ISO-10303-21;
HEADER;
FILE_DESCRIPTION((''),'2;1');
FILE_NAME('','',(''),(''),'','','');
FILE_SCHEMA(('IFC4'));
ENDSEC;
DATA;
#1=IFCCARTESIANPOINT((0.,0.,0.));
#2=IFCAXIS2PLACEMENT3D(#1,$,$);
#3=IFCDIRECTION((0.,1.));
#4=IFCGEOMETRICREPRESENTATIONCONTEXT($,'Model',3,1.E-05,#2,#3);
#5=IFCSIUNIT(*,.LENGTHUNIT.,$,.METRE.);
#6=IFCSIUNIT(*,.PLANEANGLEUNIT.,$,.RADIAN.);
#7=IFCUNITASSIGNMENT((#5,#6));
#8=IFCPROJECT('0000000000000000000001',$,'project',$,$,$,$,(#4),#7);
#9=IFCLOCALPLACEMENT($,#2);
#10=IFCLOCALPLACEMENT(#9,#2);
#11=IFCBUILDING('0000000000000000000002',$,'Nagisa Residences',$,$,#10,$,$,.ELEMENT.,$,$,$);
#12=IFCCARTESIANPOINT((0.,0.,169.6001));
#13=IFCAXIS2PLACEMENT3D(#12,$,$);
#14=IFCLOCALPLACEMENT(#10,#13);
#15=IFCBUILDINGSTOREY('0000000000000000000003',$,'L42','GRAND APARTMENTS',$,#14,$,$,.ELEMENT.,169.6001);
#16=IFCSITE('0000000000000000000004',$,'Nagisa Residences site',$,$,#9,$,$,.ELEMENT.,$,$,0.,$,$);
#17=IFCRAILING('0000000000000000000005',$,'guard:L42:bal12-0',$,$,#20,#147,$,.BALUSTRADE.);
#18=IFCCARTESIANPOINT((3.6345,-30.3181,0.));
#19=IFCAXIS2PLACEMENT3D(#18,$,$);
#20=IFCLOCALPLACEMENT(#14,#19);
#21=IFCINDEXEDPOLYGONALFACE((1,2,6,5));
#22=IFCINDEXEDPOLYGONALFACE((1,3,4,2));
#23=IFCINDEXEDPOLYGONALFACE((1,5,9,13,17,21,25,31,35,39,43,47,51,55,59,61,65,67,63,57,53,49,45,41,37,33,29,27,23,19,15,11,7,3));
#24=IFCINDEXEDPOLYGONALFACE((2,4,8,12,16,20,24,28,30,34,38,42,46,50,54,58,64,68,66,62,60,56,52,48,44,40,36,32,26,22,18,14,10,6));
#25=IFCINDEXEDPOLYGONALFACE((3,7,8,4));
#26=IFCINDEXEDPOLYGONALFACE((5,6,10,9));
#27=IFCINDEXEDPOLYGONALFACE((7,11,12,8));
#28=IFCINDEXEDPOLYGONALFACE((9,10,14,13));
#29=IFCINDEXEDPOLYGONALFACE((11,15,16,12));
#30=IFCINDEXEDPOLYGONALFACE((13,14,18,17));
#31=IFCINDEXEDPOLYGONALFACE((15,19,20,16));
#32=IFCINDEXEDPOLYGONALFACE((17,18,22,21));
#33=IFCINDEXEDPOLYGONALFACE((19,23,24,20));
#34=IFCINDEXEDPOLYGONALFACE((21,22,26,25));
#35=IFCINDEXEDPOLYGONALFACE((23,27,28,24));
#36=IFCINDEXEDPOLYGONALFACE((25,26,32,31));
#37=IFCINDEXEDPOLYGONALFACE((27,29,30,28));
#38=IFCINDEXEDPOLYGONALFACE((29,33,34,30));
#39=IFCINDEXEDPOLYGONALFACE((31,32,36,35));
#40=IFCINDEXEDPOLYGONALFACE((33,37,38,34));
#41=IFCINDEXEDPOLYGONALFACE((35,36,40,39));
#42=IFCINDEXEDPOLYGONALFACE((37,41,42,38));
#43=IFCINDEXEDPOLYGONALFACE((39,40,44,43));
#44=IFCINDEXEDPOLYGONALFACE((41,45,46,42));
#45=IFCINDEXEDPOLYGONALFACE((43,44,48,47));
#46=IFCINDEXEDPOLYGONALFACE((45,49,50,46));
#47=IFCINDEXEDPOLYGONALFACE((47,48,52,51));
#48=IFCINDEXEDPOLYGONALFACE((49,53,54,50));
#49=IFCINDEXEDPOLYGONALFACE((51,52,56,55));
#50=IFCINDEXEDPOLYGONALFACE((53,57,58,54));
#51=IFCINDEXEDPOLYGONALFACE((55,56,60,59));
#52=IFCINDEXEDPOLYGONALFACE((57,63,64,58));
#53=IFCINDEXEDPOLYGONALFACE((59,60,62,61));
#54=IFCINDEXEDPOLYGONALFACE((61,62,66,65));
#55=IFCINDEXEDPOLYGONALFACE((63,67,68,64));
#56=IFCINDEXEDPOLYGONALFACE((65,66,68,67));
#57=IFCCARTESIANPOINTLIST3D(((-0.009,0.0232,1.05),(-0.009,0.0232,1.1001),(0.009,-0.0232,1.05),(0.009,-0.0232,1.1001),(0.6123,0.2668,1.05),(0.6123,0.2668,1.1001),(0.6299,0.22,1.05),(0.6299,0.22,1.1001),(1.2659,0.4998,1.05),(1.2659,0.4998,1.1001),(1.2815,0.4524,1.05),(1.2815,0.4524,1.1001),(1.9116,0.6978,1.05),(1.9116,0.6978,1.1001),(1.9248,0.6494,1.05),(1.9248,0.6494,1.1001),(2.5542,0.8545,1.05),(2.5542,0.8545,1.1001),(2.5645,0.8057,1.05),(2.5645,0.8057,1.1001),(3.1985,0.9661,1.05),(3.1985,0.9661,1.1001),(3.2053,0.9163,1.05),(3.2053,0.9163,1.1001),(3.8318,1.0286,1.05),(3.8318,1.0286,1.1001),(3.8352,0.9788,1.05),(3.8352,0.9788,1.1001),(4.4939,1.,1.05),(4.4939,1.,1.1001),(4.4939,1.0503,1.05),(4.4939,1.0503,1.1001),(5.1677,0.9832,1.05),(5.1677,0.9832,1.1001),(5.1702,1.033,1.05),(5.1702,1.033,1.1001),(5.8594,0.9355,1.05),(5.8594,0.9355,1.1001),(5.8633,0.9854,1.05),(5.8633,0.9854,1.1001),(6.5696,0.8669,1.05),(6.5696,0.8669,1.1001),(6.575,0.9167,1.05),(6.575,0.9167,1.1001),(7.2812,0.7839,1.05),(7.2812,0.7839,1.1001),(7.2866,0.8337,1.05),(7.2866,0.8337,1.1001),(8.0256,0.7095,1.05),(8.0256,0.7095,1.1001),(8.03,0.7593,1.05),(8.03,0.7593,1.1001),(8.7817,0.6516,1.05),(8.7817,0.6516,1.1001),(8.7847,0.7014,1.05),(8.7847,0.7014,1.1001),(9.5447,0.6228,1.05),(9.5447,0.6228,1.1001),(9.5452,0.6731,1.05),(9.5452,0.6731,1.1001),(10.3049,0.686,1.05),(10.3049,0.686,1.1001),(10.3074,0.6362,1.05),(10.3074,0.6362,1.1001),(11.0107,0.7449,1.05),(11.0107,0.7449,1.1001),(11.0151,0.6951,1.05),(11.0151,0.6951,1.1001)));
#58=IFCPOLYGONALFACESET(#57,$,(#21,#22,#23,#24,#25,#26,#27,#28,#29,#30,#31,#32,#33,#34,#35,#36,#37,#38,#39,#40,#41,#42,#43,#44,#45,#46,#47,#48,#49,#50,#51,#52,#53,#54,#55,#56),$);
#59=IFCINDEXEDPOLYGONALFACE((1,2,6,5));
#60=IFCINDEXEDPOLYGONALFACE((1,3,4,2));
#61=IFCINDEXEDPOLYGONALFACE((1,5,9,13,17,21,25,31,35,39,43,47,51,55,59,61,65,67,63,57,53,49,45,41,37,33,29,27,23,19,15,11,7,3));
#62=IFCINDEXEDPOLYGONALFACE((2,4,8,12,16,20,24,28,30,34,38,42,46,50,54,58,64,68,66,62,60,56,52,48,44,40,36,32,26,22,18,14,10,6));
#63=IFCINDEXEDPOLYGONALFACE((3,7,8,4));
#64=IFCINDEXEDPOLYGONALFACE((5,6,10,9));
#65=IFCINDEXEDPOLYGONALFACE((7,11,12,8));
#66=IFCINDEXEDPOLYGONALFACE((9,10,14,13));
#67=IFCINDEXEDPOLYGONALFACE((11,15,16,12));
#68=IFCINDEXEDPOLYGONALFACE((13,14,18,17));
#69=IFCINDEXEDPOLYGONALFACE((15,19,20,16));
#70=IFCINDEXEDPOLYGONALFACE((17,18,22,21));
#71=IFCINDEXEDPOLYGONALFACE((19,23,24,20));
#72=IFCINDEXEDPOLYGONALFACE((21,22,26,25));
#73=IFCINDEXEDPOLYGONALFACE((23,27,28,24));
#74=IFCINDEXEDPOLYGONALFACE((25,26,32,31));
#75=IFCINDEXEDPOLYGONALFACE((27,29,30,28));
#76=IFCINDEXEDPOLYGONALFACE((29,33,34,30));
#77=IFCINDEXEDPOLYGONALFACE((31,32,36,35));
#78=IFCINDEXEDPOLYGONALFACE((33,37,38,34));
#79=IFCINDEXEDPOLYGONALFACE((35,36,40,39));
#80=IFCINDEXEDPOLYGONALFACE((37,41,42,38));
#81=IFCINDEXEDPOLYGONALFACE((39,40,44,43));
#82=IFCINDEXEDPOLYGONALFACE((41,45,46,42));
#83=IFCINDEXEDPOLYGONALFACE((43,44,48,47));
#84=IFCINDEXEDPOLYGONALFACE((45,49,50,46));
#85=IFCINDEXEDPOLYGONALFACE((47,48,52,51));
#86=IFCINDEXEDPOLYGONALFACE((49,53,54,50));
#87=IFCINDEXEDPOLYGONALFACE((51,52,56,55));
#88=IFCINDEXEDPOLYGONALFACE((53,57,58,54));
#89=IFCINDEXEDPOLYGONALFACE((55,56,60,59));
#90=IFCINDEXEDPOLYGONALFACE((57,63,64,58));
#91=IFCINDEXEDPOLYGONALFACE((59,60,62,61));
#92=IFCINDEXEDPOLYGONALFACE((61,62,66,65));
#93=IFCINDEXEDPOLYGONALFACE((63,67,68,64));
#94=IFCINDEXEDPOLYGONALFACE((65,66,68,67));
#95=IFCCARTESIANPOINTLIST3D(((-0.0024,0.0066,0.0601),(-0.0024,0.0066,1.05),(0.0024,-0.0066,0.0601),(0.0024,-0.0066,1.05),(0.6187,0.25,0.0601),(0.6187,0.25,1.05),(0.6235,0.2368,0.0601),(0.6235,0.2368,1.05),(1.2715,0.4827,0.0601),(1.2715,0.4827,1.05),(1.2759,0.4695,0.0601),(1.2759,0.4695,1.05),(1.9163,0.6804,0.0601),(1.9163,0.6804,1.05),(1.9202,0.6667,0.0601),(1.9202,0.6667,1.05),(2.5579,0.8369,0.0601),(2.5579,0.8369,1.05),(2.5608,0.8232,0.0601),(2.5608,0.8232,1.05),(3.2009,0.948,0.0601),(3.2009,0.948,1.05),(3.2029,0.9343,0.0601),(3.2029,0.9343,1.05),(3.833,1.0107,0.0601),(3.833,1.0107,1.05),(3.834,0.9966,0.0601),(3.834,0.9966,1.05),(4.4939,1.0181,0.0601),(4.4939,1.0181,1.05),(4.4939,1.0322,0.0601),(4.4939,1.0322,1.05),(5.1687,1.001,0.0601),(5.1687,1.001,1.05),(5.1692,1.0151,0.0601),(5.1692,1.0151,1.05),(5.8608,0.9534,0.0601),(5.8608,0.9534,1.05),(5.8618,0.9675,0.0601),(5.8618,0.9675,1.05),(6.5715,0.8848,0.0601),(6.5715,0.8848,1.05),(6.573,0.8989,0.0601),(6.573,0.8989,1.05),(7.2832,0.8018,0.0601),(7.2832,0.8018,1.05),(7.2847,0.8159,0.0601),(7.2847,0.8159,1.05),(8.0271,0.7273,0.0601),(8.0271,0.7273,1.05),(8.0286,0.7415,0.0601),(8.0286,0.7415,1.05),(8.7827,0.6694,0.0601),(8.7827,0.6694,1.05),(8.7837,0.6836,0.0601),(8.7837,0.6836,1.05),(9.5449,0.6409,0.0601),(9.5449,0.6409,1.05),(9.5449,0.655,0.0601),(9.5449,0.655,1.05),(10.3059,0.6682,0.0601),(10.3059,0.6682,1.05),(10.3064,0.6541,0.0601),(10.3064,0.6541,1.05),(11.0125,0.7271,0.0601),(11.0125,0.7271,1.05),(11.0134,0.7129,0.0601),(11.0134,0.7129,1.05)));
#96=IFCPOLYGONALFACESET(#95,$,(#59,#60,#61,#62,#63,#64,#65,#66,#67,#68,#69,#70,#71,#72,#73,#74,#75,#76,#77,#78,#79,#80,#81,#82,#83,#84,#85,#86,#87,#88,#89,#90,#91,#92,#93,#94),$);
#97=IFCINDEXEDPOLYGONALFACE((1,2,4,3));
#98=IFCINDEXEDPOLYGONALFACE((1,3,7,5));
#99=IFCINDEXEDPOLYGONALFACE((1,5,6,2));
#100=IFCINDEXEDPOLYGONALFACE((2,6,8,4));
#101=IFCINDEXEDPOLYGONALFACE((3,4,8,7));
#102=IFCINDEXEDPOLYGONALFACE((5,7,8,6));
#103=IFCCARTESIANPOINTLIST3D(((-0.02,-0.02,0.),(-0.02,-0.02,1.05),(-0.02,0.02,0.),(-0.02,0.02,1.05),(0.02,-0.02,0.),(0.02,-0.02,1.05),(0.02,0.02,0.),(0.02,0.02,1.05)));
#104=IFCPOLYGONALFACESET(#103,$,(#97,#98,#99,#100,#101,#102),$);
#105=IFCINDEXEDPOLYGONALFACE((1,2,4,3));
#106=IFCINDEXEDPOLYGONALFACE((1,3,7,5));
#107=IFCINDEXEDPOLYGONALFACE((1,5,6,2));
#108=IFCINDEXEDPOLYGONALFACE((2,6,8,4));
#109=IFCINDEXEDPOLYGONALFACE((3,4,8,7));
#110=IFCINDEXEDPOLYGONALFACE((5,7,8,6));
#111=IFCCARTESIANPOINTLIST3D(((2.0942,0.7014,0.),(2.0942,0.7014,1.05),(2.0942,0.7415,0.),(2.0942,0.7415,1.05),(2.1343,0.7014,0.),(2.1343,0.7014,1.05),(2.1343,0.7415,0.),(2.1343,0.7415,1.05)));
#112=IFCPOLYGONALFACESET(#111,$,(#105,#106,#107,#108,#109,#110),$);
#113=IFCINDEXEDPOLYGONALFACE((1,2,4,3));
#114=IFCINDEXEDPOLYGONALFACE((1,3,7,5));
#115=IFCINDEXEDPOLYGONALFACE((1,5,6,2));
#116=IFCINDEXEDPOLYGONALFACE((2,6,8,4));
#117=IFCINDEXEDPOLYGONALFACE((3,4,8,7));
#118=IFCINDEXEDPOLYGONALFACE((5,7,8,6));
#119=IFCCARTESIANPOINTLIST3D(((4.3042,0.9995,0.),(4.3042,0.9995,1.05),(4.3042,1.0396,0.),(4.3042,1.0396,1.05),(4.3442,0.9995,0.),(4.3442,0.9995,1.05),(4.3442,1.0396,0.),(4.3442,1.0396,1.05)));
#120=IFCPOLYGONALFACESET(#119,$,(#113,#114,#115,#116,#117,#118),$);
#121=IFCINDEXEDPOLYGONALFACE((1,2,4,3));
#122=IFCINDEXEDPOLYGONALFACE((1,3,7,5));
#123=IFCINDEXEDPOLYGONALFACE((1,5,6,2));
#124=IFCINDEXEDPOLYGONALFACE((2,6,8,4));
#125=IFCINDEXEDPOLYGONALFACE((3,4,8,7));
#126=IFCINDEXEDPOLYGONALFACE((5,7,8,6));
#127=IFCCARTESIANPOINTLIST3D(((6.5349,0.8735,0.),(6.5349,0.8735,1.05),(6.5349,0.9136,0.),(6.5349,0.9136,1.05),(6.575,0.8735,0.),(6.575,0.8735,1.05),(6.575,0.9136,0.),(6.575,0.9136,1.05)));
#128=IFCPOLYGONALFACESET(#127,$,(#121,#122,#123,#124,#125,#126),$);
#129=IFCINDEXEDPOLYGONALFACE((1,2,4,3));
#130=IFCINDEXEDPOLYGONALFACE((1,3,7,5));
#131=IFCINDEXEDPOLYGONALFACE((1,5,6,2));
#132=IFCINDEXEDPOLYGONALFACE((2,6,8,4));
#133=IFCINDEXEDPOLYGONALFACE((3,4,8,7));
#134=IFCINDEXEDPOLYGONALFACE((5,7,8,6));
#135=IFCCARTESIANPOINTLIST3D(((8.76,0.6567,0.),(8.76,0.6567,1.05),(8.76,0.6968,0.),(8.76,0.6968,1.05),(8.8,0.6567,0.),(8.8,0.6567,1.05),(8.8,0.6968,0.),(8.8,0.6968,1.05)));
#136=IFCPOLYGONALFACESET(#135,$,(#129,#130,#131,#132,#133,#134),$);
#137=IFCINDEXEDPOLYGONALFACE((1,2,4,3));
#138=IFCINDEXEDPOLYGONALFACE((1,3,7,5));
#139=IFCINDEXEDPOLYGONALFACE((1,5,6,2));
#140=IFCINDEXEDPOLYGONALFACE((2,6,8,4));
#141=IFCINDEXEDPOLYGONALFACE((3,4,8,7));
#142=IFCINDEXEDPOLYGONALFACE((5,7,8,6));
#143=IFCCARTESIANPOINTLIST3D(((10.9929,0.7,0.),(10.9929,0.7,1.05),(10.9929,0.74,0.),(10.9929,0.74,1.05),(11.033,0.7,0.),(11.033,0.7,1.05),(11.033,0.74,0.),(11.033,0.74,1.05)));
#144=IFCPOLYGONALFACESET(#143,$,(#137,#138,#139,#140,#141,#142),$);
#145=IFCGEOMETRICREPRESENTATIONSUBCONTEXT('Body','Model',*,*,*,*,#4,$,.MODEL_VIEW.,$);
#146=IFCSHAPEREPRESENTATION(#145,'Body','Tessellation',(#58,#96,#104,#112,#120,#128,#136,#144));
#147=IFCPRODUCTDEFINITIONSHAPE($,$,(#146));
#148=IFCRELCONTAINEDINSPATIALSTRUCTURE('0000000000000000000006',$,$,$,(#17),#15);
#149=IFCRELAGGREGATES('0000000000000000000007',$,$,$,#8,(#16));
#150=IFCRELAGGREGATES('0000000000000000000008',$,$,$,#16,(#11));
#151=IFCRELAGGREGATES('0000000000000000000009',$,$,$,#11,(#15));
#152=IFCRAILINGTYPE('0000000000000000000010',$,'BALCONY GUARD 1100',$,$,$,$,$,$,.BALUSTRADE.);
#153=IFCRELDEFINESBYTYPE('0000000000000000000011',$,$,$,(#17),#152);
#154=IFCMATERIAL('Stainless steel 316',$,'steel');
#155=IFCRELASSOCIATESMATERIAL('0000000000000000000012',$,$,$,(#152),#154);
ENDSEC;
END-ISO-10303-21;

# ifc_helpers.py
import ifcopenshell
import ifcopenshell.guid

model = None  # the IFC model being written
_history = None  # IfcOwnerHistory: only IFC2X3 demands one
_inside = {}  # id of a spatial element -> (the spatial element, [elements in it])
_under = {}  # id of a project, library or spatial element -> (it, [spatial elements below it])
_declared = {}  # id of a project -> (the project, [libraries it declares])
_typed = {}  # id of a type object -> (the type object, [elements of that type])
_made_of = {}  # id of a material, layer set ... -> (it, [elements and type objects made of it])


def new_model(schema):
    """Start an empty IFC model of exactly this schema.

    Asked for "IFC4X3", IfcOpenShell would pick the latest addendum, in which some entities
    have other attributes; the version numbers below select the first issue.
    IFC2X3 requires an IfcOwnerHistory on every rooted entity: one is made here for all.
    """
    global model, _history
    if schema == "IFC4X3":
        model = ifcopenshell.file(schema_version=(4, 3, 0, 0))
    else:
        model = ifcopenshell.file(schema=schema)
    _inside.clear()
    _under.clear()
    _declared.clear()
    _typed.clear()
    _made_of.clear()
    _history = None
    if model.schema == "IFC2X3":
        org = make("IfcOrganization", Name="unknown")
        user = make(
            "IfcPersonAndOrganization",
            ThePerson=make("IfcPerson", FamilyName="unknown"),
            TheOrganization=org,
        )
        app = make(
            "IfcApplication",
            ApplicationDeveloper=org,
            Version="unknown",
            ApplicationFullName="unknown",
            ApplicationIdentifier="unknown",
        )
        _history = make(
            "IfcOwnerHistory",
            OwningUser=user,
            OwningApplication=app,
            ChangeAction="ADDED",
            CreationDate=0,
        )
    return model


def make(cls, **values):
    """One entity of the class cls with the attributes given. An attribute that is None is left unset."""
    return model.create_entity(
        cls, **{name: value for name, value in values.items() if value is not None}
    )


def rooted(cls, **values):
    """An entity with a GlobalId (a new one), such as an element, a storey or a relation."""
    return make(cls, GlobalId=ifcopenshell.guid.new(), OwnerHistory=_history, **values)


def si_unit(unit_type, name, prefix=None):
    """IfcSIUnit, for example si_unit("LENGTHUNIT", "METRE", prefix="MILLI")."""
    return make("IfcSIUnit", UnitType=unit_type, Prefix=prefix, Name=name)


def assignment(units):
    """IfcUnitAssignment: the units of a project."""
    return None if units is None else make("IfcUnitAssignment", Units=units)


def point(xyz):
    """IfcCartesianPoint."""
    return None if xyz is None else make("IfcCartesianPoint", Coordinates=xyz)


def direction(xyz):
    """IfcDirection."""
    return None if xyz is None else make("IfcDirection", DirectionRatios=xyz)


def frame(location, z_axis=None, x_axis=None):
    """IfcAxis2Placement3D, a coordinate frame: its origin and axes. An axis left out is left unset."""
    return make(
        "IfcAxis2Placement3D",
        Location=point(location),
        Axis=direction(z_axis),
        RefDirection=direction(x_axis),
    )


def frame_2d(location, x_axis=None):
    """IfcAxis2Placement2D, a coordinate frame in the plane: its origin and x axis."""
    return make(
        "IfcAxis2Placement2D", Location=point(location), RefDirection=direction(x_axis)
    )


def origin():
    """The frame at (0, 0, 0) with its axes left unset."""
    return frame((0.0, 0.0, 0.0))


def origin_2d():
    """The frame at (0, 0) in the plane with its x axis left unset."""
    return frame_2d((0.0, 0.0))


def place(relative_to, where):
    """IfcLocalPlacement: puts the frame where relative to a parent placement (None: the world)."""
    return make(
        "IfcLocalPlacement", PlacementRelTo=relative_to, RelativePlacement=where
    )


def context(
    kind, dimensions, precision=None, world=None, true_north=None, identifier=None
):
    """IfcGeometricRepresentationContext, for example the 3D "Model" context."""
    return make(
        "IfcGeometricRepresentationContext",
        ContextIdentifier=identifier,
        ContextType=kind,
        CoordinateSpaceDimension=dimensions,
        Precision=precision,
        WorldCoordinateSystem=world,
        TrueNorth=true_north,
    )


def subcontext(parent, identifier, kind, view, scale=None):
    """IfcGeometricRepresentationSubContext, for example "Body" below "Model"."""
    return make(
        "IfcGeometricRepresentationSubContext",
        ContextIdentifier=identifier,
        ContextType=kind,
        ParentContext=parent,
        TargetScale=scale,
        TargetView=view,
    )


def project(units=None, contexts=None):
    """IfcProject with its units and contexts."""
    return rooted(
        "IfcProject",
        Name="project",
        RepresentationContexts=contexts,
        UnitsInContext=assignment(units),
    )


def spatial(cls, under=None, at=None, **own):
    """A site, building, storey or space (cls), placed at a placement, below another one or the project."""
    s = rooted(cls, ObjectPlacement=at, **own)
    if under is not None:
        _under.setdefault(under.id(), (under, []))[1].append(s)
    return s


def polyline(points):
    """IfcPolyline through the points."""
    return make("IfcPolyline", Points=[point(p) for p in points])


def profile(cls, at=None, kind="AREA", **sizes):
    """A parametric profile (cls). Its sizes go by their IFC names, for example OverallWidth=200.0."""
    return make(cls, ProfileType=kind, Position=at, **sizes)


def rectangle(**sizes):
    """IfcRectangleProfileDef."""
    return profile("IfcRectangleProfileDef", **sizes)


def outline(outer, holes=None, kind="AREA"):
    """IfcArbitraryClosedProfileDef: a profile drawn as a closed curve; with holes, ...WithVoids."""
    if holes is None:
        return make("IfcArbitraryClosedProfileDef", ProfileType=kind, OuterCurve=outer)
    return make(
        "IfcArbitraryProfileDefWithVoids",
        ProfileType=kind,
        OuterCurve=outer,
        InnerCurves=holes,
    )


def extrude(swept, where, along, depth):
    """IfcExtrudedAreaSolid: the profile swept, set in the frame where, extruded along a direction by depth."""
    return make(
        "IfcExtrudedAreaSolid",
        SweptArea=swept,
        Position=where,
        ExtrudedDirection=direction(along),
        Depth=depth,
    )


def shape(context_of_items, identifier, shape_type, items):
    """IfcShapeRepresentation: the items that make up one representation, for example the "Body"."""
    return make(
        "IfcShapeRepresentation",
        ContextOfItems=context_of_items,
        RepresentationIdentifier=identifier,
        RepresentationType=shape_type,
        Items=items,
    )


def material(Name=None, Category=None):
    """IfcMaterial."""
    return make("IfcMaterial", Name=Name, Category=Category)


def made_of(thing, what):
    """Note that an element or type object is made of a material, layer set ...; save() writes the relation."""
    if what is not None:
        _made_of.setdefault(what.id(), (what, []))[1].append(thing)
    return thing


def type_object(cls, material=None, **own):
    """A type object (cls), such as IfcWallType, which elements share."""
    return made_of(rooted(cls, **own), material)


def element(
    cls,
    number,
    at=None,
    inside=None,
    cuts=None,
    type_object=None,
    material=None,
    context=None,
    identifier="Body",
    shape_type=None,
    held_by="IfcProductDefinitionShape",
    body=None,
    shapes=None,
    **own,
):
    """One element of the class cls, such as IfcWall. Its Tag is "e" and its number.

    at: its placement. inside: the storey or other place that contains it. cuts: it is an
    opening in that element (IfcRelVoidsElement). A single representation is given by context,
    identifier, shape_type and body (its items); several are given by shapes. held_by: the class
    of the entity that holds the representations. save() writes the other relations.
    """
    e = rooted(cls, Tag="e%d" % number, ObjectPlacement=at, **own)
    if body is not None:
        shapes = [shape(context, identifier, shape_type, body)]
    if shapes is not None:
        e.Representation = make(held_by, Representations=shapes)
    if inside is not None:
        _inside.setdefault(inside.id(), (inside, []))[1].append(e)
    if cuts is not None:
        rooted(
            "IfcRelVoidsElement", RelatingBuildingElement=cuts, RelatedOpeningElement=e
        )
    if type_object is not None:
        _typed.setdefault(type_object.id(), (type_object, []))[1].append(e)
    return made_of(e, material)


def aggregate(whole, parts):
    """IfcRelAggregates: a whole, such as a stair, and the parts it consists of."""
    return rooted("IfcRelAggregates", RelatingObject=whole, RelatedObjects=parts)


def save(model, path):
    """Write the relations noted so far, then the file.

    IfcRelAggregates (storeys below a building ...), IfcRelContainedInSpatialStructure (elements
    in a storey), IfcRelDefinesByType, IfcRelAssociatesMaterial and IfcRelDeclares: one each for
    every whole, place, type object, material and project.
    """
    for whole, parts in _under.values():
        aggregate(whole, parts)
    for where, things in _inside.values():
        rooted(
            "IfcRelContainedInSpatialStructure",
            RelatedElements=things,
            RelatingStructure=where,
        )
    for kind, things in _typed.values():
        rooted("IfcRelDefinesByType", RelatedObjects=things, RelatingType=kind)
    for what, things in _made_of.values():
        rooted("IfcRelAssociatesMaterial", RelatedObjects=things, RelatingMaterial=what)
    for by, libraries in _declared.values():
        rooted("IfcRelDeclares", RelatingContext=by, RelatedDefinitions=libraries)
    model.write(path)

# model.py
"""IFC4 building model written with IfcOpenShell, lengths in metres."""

from ifc_helpers import new_model, si_unit, direction, frame, origin, origin_2d, place, context, subcontext, project, spatial, polyline, rectangle, outline, extrude, material, type_object, element, save


model = new_model("IFC4")

# Units and contexts
model_context = context("Model", 3, precision=1e-05, world=origin(), true_north=direction((0.0, 1.0)))
body_context = subcontext(model_context, "Body", "Model", "MODEL_VIEW")
ifc_project = project(units=[si_unit("LENGTHUNIT", "METRE"), si_unit("PLANEANGLEUNIT", "RADIAN")], contexts=[model_context])

# Site, building, storey
site_placement = place(None, origin())
site = spatial("IfcSite", under=ifc_project, at=site_placement, Name="Nagisa Residences site", CompositionType="ELEMENT", RefElevation=0.0)
building_placement = place(site_placement, origin())
building = spatial("IfcBuilding", under=site, at=building_placement, Name="Nagisa Residences", CompositionType="ELEMENT")
storey_placement = place(building_placement, frame((0.0, 0.0, 169.6001)))
storey = spatial("IfcBuildingStorey", under=building, at=storey_placement, Name="L42", Description="GRAND APARTMENTS", CompositionType="ELEMENT", Elevation=169.6001)

# Railing
ifc_material_1 = material(Name="Stainless steel 316", Category="steel")
railing_type = type_object("IfcRailingType", Name="BALCONY GUARD 1100", PredefinedType="BALUSTRADE", material=ifc_material_1)
railing_placement = place(storey_placement, frame((3.6345, -30.3181, 0.0)))
element("IfcRailing", 1, at=railing_placement, inside=storey, type_object=railing_type, Name="guard:L42:bal12-0", PredefinedType="BALUSTRADE", context=body_context, shape_type="SweptSolid", body=[
    extrude(outline(polyline([(0.6123, 0.2668), (-0.009, 0.0232), (0.009, -0.0232), (0.6299, 0.22), (1.2815, 0.4524), (1.9248, 0.6494), (2.5645, 0.8057), (3.2053, 0.9163), (3.8352, 0.9788), (4.4939, 1.0), (5.1677, 0.9832), (5.8594, 0.9355), (6.5696, 0.8669), (7.2812, 0.7839), (8.0256, 0.7095), (8.7817, 0.6516), (9.5447, 0.6228), (10.3074, 0.6362), (11.0151, 0.6951), (11.0107, 0.7449), (10.3049, 0.686), (9.5452, 0.6731), (8.7847, 0.7014), (8.03, 0.7593), (7.2866, 0.8337), (6.575, 0.9167), (5.8633, 0.9854), (5.1702, 1.033), (4.4939, 1.0503), (3.8318, 1.0286), (3.1985, 0.9661), (2.5542, 0.8545), (1.9116, 0.6978), (1.2659, 0.4998), (0.6123, 0.2668)])), frame((0.0, 0.0, 1.05)), (0.0, 0.0, 1.0), 0.05),
    extrude(outline(polyline([(0.6187, 0.25), (-0.0024, 0.0066), (0.0024, -0.0066), (0.6235, 0.2368), (1.2759, 0.4695), (1.9202, 0.6667), (2.5608, 0.8232), (3.2029, 0.9343), (3.834, 0.9966), (4.4939, 1.0181), (5.1687, 1.001), (5.8608, 0.9534), (6.5715, 0.8848), (7.2832, 0.8018), (8.0271, 0.7273), (8.7827, 0.6694), (9.5449, 0.6409), (10.3064, 0.6541), (11.0134, 0.7129), (11.0125, 0.7271), (10.3059, 0.6682), (9.5449, 0.655), (8.7837, 0.6836), (8.0286, 0.7415), (7.2847, 0.8159), (6.573, 0.8989), (5.8618, 0.9675), (5.1692, 1.0151), (4.4939, 1.0322), (3.833, 1.0107), (3.2009, 0.948), (2.5579, 0.8369), (1.9163, 0.6804), (1.2715, 0.4827), (0.6187, 0.25)])), frame((0.0, 0.0, 0.0601)), (0.0, 0.0, 1.0), 0.99),
    extrude(rectangle(XDim=0.04, YDim=0.04, at=origin_2d()), origin(), (0.0, 0.0, 1.0), 1.05),
    extrude(rectangle(XDim=0.04, YDim=0.04, at=origin_2d()), frame((2.1143, 0.7214, 0.0)), (0.0, 0.0, 1.0), 1.05),
    extrude(rectangle(XDim=0.04, YDim=0.04, at=origin_2d()), frame((4.3242, 1.0195, 0.0)), (0.0, 0.0, 1.0), 1.05),
    extrude(rectangle(XDim=0.04, YDim=0.04, at=origin_2d()), frame((6.5549, 0.8936, 0.0)), (0.0, 0.0, 1.0), 1.05),
    extrude(rectangle(XDim=0.04, YDim=0.04, at=origin_2d()), frame((8.78, 0.6768, 0.0)), (0.0, 0.0, 1.0), 1.05),
    extrude(rectangle(XDim=0.04, YDim=0.04, at=origin_2d()), frame((11.0129, 0.72, 0.0)), (0.0, 0.0, 1.0), 1.05),
])

save(model, "model.ifc")
